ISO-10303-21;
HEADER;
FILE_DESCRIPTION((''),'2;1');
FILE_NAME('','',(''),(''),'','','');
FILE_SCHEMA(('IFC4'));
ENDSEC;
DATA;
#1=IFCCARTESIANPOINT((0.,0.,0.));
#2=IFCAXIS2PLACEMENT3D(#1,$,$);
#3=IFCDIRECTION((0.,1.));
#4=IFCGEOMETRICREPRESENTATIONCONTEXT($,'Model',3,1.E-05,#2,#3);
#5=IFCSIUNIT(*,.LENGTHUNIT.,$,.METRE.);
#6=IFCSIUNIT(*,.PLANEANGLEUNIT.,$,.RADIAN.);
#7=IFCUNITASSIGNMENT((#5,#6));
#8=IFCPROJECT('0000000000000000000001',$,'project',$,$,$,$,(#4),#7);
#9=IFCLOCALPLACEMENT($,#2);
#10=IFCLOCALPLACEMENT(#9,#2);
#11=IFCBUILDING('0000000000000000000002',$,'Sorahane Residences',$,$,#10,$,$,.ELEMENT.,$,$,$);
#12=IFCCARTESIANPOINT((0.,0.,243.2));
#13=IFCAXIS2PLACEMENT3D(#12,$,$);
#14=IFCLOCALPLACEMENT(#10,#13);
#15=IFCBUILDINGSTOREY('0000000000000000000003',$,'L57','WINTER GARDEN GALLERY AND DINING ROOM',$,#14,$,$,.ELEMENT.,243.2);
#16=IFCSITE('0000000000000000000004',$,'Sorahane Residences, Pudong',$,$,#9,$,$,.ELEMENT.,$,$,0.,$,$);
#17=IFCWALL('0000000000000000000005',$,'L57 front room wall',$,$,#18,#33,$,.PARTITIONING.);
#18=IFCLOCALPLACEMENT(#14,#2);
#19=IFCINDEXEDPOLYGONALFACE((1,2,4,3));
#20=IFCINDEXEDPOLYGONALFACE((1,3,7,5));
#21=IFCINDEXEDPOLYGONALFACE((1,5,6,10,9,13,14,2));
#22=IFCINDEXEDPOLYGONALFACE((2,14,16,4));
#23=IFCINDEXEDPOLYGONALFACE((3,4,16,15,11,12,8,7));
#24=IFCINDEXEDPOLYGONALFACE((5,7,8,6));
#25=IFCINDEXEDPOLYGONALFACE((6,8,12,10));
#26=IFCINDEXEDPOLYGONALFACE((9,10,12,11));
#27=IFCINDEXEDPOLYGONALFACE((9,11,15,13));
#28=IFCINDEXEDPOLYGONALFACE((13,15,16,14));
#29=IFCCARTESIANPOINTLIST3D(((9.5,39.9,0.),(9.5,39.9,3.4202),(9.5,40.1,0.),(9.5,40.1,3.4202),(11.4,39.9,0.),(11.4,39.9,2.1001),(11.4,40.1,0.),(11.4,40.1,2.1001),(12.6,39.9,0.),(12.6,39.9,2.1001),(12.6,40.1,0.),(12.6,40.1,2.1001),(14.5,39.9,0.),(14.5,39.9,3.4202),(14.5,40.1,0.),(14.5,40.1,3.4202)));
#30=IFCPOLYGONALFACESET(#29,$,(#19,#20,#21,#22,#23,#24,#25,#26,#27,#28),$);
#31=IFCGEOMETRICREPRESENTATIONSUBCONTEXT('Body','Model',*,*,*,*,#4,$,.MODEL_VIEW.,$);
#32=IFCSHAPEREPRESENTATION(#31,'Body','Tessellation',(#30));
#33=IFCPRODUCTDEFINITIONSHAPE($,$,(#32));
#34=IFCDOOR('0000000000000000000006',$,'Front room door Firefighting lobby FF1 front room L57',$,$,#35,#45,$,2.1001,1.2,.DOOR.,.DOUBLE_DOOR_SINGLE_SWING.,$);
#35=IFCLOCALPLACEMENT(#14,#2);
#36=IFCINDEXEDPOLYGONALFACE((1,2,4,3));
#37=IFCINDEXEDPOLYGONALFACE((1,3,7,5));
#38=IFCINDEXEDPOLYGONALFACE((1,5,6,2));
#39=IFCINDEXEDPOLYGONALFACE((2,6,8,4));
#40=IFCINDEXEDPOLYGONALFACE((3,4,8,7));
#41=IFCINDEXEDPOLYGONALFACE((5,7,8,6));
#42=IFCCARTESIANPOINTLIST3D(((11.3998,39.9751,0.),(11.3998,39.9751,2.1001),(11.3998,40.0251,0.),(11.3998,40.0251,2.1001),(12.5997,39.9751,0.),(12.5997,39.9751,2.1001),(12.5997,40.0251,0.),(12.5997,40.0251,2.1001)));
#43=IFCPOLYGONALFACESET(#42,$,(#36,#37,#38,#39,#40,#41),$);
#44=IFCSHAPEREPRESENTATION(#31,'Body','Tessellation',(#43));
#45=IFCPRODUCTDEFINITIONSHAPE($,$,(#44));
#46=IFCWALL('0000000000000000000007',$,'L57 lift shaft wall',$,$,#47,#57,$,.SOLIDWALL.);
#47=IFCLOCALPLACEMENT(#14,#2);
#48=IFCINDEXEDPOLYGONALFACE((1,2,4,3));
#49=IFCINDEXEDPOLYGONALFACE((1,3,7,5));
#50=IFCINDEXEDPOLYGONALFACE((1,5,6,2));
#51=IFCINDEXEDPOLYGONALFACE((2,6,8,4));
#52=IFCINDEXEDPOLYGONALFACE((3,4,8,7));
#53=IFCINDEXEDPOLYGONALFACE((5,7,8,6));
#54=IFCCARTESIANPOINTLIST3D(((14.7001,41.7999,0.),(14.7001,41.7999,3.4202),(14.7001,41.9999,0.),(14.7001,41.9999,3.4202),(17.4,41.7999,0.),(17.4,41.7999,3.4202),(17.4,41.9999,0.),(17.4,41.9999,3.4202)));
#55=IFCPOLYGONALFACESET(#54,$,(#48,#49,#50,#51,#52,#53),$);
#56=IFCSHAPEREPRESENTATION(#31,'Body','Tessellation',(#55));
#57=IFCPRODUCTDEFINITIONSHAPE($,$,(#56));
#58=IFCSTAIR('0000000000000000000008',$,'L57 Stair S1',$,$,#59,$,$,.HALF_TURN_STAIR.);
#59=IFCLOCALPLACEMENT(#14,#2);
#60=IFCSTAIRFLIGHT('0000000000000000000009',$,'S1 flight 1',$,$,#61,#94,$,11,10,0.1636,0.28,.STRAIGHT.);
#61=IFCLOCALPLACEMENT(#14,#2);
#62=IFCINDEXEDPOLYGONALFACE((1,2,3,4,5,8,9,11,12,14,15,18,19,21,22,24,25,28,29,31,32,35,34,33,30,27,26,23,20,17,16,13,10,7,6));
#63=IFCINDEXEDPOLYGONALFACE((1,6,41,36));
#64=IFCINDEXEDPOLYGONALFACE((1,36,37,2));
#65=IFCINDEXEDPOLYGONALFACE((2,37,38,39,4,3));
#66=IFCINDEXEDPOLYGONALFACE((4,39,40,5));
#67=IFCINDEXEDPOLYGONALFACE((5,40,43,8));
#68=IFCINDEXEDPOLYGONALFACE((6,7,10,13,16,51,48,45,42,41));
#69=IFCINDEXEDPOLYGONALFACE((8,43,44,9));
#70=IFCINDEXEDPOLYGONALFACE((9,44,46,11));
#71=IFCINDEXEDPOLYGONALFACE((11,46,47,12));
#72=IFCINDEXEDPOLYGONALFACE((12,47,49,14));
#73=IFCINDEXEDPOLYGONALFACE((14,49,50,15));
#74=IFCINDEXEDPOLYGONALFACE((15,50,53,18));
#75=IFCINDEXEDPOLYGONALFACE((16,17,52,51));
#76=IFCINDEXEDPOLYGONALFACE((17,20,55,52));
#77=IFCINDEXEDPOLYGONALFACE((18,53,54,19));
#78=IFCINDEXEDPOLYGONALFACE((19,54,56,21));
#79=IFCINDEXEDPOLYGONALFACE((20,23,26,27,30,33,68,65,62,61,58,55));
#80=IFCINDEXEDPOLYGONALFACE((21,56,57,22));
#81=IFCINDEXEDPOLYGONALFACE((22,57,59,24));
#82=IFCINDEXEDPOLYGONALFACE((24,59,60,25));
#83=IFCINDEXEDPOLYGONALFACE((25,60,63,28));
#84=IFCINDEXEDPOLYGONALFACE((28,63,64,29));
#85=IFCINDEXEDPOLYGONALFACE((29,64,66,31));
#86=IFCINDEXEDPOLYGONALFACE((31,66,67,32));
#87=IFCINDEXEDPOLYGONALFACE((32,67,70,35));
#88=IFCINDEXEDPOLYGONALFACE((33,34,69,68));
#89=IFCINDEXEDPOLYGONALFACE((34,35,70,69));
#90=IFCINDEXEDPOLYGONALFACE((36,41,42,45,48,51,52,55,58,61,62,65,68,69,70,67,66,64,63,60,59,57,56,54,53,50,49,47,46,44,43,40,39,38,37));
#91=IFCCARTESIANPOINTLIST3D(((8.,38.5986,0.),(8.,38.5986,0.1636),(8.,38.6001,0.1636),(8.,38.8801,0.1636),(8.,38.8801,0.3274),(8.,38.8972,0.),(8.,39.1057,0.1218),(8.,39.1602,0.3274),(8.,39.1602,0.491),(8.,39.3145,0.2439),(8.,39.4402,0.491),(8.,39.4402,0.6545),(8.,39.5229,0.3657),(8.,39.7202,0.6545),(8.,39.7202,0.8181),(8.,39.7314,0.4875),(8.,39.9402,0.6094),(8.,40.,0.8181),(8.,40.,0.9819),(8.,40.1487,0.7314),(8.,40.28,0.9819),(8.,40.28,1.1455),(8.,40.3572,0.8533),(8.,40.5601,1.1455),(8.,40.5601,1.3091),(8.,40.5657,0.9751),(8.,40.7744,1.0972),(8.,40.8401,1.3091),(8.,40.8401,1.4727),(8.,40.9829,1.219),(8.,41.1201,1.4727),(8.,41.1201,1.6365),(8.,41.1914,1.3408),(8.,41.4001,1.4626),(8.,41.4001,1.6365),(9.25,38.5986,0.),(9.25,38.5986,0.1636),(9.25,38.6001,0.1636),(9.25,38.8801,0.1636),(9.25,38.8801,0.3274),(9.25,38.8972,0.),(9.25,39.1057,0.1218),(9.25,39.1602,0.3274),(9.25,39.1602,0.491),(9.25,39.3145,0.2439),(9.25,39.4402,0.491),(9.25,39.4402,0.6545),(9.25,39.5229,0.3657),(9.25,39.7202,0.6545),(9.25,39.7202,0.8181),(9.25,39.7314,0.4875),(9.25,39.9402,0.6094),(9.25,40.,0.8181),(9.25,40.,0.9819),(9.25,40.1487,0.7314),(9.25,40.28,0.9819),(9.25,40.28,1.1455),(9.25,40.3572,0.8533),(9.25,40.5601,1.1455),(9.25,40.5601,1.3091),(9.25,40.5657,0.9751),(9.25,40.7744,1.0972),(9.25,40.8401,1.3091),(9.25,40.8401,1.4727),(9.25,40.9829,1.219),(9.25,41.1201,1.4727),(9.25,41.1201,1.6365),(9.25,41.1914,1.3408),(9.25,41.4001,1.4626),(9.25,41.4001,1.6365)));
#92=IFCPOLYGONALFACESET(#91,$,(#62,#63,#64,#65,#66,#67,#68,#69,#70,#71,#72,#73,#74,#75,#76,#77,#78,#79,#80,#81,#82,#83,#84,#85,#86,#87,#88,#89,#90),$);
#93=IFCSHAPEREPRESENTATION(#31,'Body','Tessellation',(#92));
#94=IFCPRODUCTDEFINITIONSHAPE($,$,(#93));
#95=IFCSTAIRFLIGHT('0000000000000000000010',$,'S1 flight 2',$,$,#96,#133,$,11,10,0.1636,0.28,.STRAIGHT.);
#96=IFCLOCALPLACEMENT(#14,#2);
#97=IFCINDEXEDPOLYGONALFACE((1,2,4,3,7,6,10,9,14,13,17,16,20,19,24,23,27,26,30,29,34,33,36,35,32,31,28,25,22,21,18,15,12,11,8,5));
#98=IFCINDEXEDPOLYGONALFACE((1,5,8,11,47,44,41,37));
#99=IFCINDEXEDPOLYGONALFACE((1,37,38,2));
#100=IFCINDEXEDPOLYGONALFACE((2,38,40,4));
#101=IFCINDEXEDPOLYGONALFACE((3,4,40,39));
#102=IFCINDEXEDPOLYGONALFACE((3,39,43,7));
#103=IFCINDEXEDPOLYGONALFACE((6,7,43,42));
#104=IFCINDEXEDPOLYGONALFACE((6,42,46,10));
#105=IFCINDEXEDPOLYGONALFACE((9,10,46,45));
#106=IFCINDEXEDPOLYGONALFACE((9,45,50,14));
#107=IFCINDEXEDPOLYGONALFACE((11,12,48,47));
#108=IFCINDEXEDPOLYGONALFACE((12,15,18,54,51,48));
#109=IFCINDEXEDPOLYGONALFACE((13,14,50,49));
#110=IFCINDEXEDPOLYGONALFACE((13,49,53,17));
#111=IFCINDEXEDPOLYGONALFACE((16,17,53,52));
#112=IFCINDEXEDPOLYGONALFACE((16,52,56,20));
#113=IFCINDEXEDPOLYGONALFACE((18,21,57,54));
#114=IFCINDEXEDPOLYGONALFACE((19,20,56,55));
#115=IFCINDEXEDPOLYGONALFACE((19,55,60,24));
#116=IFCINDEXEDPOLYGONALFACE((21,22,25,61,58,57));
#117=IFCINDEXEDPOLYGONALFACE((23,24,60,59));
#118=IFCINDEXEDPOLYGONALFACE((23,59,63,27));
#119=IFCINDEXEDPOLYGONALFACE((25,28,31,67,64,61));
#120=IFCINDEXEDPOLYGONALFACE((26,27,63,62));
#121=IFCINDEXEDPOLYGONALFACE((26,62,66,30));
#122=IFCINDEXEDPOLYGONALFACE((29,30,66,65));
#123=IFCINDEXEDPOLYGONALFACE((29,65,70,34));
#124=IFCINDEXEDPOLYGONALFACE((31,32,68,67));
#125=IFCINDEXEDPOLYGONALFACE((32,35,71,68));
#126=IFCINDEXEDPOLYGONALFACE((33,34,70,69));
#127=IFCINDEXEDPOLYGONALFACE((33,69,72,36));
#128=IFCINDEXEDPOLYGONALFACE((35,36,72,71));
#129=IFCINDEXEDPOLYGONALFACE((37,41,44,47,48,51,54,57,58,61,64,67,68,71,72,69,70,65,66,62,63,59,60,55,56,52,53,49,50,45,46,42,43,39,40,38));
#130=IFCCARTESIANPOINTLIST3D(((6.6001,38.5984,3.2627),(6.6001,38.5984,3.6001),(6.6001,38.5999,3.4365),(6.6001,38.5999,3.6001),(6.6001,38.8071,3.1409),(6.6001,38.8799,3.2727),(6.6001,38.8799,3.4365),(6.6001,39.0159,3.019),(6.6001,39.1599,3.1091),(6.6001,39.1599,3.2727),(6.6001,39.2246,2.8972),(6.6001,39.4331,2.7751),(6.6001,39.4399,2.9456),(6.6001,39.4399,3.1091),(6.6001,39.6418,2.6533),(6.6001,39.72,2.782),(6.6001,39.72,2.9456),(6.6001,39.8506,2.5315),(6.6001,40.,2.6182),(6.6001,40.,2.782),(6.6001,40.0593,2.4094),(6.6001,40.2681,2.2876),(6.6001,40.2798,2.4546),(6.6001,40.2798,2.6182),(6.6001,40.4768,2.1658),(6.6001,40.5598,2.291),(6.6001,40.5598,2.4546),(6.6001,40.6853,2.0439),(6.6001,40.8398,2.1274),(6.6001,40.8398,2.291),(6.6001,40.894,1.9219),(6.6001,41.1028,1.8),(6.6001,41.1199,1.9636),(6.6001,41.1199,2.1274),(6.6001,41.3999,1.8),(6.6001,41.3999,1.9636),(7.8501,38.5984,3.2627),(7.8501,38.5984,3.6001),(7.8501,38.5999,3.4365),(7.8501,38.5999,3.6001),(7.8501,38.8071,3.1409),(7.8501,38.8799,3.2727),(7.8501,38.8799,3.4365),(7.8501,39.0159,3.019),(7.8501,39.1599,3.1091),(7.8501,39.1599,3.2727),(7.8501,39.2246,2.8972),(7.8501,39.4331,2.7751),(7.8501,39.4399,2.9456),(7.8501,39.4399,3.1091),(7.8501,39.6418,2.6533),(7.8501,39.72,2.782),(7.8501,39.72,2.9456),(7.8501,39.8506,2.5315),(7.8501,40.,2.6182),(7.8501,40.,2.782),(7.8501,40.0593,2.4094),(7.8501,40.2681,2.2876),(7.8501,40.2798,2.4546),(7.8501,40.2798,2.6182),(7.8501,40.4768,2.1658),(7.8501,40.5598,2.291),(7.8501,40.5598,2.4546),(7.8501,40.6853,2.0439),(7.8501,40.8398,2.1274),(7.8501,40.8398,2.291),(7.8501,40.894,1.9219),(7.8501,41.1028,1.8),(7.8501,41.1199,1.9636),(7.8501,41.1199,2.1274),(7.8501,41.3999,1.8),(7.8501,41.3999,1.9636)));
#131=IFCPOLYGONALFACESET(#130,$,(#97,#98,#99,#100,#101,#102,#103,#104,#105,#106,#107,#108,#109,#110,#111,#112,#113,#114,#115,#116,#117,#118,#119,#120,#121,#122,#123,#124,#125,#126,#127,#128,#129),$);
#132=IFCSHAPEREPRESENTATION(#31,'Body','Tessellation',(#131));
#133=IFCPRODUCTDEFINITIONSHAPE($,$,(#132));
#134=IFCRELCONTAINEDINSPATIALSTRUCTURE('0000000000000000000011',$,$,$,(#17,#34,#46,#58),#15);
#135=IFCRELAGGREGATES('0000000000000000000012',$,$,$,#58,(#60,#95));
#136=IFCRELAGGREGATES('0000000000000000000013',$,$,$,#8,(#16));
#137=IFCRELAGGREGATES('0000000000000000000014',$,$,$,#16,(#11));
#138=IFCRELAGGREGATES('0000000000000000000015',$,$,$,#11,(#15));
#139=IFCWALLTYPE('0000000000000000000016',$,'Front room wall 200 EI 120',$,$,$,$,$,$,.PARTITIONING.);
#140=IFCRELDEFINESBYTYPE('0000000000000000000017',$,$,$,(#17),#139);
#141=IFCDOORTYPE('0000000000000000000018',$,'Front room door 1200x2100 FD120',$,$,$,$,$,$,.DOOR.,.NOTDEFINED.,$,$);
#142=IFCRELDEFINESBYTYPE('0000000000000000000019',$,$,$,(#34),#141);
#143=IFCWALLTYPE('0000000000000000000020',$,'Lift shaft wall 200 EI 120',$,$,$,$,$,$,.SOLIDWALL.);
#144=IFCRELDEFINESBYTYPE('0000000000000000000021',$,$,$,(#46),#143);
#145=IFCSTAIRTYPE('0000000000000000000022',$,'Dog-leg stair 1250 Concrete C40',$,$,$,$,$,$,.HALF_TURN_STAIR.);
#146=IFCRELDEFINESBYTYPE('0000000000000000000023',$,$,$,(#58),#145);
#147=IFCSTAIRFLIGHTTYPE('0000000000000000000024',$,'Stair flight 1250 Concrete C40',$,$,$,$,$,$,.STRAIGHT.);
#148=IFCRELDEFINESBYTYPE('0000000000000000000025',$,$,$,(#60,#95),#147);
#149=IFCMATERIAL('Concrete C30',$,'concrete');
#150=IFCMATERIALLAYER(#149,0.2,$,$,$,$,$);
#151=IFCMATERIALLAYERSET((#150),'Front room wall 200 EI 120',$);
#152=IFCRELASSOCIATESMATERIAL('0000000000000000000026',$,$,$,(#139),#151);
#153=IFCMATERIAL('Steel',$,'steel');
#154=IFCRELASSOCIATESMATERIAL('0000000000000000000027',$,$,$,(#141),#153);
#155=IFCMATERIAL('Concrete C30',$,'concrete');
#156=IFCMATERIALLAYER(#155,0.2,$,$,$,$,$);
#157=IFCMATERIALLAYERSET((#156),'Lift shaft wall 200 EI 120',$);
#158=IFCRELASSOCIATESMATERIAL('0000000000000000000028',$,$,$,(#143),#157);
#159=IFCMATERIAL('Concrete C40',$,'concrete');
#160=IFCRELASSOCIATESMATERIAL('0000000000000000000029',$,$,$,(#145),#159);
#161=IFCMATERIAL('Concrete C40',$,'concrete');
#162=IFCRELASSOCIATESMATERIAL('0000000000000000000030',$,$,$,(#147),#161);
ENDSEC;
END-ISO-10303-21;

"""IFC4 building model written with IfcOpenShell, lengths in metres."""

from ifc_helpers import new_model, si_unit, direction, frame, frame_2d, origin, place, context, subcontext, project, spatial, polyline, rectangle, outline, extrude, material, layer, layer_set, type_object, element, fill, aggregate, save


model = new_model("IFC4")

# Units and contexts
model_context = context("Model", 3, precision=1e-05, world=origin(), true_north=direction((0.0, 1.0)))
body_context = subcontext(model_context, "Body", "Model", "MODEL_VIEW")
ifc_project = project(units=[si_unit("LENGTHUNIT", "METRE"), si_unit("PLANEANGLEUNIT", "RADIAN")], contexts=[model_context])

# Site, building, storey
site_placement = place(None, origin())
site = spatial("IfcSite", under=ifc_project, at=site_placement, Name="Sorahane Residences, Pudong", CompositionType="ELEMENT", RefElevation=0.0)
building_placement = place(site_placement, origin())
building = spatial("IfcBuilding", under=site, at=building_placement, Name="Sorahane Residences", CompositionType="ELEMENT")
storey_placement = place(building_placement, frame((0.0, 0.0, 243.2)))
storey = spatial("IfcBuildingStorey", under=building, at=storey_placement, Name="L57", Description="WINTER GARDEN GALLERY AND DINING ROOM", CompositionType="ELEMENT", Elevation=243.2)

# Wall, opening, door
ifc_material_1 = material(Name="Concrete C30", Category="concrete")
ifc_layer_1 = layer(ifc_material_1, 0.2)
ifc_layer_set_1 = layer_set([ifc_layer_1], Name="Front room wall 200 EI 120")
wall_type_1 = type_object("IfcWallType", Name="Front room wall 200 EI 120", PredefinedType="PARTITIONING", material=ifc_layer_set_1)
wall_1_placement = place(storey_placement, frame((9.5, 40.0, 0.0), z_axis=(0.0, 0.0, 1.0), x_axis=(1.0, 0.0, 0.0)))
wall_1 = element("IfcWall", 1, at=wall_1_placement, inside=storey, type_object=wall_type_1, Name="L57 front room wall", PredefinedType="PARTITIONING", context=body_context, shape_type="SweptSolid", body=[
    extrude(rectangle(XDim=5.0, YDim=0.2, at=frame_2d((2.5, 0.0))), origin(), (0.0, 0.0, 1.0), 3.4202),
])
opening_placement = place(wall_1_placement, frame((1.8999, 0.0, 0.0)))
opening = element("IfcOpeningElement", 2, at=opening_placement, cuts=wall_1, PredefinedType="OPENING", context=body_context, shape_type="SweptSolid", body=[
    extrude(rectangle(XDim=1.2, YDim=2.1001, at=frame_2d((0.6001, 1.05))), frame((0.0, 0.1099, 0.0), z_axis=(0.0, -1.0, 0.0), x_axis=(1.0, 0.0, 0.0)), (0.0, 0.0, 1.0), 0.22),
])
ifc_material_2 = material(Name="Steel", Category="steel")
door_type = type_object("IfcDoorType", Name="Front room door 1200x2100 FD120", OperationType="NOTDEFINED", PredefinedType="DOOR", material=ifc_material_2)
door_placement = place(opening_placement, frame((1.2, 0.0, 0.0), z_axis=(0.0, 0.0, 1.0), x_axis=(-1.0, 0.0, 0.0)))
door = element("IfcDoor", 3, at=door_placement, inside=storey, type_object=door_type, Name="Front room door Firefighting lobby FF1 front room L57", OperationType="DOUBLE_DOOR_SINGLE_SWING", OverallHeight=2.1001, OverallWidth=1.2, PredefinedType="DOOR", context=body_context, shape_type="SweptSolid", body=[
    extrude(rectangle(XDim=1.2, YDim=2.1001, at=frame_2d((0.6001, 1.05))), frame((0.0, 0.0249, 0.0), z_axis=(0.0, -1.0, 0.0), x_axis=(1.0, 0.0, 0.0)), (0.0, 0.0, 1.0), 0.05),
])
fill(opening, door)

# Wall
ifc_material_3 = material(Name="Concrete C30", Category="concrete")
ifc_layer_2 = layer(ifc_material_3, 0.2)
ifc_layer_set_2 = layer_set([ifc_layer_2], Name="Lift shaft wall 200 EI 120")
wall_type_2 = type_object("IfcWallType", Name="Lift shaft wall 200 EI 120", PredefinedType="SOLIDWALL", material=ifc_layer_set_2)
wall_2_placement = place(storey_placement, frame((14.7, 41.8999, 0.0), z_axis=(0.0, 0.0, 1.0), x_axis=(1.0, 0.0, 0.0)))
element("IfcWall", 4, at=wall_2_placement, inside=storey, type_object=wall_type_2, Name="L57 lift shaft wall", PredefinedType="SOLIDWALL", context=body_context, shape_type="SweptSolid", body=[
    extrude(rectangle(XDim=2.7, YDim=0.2, at=frame_2d((1.3501, 0.0))), origin(), (0.0, 0.0, 1.0), 3.4202),
])

# Stair, stair flights
ifc_material_4 = material(Name="Concrete C40", Category="concrete")
stair_type = type_object("IfcStairType", Name="Dog-leg stair 1250 Concrete C40", PredefinedType="HALF_TURN_STAIR", material=ifc_material_4)
stair_placement = place(storey_placement, origin())
stair = element("IfcStair", 5, at=stair_placement, inside=storey, type_object=stair_type, Name="L57 Stair S1", PredefinedType="HALF_TURN_STAIR")
ifc_material_5 = material(Name="Concrete C40", Category="concrete")
stair_flight_type = type_object("IfcStairFlightType", Name="Stair flight 1250 Concrete C40", PredefinedType="STRAIGHT", material=ifc_material_5)
stair_flight_1_placement = place(storey_placement, frame((8.625, 38.6001, 0.0), z_axis=(0.0, 0.0, 1.0), x_axis=(0.0, 1.0, 0.0)))
stair_flight_1 = element("IfcStairFlight", 6, at=stair_flight_1_placement, type_object=stair_flight_type, Name="S1 flight 1", NumberOfRisers=11, NumberOfTreads=10, PredefinedType="STRAIGHT", RiserHeight=0.1636, TreadLength=0.28, context=body_context, shape_type="SweptSolid", body=[
    extrude(outline(polyline([(-0.0015, 0.0), (-0.0015, 0.1636), (0.0, 0.1636), (0.28, 0.1636), (0.28, 0.3274), (0.5601, 0.3274), (0.5601, 0.491), (0.8401, 0.491), (0.8401, 0.6545), (1.1201, 0.6545), (1.1201, 0.8181), (1.3999, 0.8181), (1.3999, 0.9819), (1.6799, 0.9819), (1.6799, 1.1455), (1.96, 1.1455), (1.96, 1.3091), (2.24, 1.3091), (2.24, 1.4727), (2.52, 1.4727), (2.52, 1.6365), (2.8, 1.6365), (2.8, 1.8), (2.8, 1.4626), (2.5913, 1.3408), (2.3828, 1.219), (2.1743, 1.0972), (1.9656, 0.9751), (1.7571, 0.8533), (1.5486, 0.7314), (1.3401, 0.6094), (1.1313, 0.4875), (0.9229, 0.3657), (0.7144, 0.2439), (0.5056, 0.1218), (0.2971, 0.0), (-0.0015, 0.0)])), frame((0.0, 0.625, 0.0), z_axis=(0.0, -1.0, 0.0), x_axis=(1.0, 0.0, 0.0)), (0.0, 0.0, 1.0), 1.25),
])
stair_flight_2_placement = place(storey_placement, frame((7.2251, 41.3999, 1.8), z_axis=(0.0, 0.0, 1.0), x_axis=(0.0, -1.0, 0.0)))
stair_flight_2 = element("IfcStairFlight", 7, at=stair_flight_2_placement, type_object=stair_flight_type, Name="S1 flight 2", NumberOfRisers=11, NumberOfTreads=10, PredefinedType="STRAIGHT", RiserHeight=0.1636, TreadLength=0.28, context=body_context, shape_type="SweptSolid", body=[
    extrude(outline(polyline([(0.0, 0.0), (0.0, 0.1636), (0.28, 0.1636), (0.28, 0.3274), (0.5601, 0.3274), (0.5601, 0.491), (0.8401, 0.491), (0.8401, 0.6545), (1.1201, 0.6545), (1.1201, 0.8181), (1.3999, 0.8181), (1.3999, 0.9819), (1.6799, 0.9819), (1.6799, 1.1455), (1.96, 1.1455), (1.96, 1.3091), (2.24, 1.3091), (2.24, 1.4727), (2.52, 1.4727), (2.52, 1.6365), (2.8, 1.6365), (2.8, 1.8), (2.8015, 1.8), (2.8015, 1.4626), (2.5928, 1.3408), (2.384, 1.219), (2.1753, 1.0972), (1.9668, 0.9751), (1.7581, 0.8533), (1.5493, 0.7314), (1.3406, 0.6094), (1.1318, 0.4875), (0.9231, 0.3657), (0.7146, 0.2439), (0.5059, 0.1218), (0.2971, 0.0), (0.0, 0.0)])), frame((0.0, 0.625, 0.0), z_axis=(0.0, -1.0, 0.0), x_axis=(1.0, 0.0, 0.0)), (0.0, 0.0, 1.0), 1.25),
])
aggregate(stair, [stair_flight_1, stair_flight_2])

save(model, "model.ifc")
